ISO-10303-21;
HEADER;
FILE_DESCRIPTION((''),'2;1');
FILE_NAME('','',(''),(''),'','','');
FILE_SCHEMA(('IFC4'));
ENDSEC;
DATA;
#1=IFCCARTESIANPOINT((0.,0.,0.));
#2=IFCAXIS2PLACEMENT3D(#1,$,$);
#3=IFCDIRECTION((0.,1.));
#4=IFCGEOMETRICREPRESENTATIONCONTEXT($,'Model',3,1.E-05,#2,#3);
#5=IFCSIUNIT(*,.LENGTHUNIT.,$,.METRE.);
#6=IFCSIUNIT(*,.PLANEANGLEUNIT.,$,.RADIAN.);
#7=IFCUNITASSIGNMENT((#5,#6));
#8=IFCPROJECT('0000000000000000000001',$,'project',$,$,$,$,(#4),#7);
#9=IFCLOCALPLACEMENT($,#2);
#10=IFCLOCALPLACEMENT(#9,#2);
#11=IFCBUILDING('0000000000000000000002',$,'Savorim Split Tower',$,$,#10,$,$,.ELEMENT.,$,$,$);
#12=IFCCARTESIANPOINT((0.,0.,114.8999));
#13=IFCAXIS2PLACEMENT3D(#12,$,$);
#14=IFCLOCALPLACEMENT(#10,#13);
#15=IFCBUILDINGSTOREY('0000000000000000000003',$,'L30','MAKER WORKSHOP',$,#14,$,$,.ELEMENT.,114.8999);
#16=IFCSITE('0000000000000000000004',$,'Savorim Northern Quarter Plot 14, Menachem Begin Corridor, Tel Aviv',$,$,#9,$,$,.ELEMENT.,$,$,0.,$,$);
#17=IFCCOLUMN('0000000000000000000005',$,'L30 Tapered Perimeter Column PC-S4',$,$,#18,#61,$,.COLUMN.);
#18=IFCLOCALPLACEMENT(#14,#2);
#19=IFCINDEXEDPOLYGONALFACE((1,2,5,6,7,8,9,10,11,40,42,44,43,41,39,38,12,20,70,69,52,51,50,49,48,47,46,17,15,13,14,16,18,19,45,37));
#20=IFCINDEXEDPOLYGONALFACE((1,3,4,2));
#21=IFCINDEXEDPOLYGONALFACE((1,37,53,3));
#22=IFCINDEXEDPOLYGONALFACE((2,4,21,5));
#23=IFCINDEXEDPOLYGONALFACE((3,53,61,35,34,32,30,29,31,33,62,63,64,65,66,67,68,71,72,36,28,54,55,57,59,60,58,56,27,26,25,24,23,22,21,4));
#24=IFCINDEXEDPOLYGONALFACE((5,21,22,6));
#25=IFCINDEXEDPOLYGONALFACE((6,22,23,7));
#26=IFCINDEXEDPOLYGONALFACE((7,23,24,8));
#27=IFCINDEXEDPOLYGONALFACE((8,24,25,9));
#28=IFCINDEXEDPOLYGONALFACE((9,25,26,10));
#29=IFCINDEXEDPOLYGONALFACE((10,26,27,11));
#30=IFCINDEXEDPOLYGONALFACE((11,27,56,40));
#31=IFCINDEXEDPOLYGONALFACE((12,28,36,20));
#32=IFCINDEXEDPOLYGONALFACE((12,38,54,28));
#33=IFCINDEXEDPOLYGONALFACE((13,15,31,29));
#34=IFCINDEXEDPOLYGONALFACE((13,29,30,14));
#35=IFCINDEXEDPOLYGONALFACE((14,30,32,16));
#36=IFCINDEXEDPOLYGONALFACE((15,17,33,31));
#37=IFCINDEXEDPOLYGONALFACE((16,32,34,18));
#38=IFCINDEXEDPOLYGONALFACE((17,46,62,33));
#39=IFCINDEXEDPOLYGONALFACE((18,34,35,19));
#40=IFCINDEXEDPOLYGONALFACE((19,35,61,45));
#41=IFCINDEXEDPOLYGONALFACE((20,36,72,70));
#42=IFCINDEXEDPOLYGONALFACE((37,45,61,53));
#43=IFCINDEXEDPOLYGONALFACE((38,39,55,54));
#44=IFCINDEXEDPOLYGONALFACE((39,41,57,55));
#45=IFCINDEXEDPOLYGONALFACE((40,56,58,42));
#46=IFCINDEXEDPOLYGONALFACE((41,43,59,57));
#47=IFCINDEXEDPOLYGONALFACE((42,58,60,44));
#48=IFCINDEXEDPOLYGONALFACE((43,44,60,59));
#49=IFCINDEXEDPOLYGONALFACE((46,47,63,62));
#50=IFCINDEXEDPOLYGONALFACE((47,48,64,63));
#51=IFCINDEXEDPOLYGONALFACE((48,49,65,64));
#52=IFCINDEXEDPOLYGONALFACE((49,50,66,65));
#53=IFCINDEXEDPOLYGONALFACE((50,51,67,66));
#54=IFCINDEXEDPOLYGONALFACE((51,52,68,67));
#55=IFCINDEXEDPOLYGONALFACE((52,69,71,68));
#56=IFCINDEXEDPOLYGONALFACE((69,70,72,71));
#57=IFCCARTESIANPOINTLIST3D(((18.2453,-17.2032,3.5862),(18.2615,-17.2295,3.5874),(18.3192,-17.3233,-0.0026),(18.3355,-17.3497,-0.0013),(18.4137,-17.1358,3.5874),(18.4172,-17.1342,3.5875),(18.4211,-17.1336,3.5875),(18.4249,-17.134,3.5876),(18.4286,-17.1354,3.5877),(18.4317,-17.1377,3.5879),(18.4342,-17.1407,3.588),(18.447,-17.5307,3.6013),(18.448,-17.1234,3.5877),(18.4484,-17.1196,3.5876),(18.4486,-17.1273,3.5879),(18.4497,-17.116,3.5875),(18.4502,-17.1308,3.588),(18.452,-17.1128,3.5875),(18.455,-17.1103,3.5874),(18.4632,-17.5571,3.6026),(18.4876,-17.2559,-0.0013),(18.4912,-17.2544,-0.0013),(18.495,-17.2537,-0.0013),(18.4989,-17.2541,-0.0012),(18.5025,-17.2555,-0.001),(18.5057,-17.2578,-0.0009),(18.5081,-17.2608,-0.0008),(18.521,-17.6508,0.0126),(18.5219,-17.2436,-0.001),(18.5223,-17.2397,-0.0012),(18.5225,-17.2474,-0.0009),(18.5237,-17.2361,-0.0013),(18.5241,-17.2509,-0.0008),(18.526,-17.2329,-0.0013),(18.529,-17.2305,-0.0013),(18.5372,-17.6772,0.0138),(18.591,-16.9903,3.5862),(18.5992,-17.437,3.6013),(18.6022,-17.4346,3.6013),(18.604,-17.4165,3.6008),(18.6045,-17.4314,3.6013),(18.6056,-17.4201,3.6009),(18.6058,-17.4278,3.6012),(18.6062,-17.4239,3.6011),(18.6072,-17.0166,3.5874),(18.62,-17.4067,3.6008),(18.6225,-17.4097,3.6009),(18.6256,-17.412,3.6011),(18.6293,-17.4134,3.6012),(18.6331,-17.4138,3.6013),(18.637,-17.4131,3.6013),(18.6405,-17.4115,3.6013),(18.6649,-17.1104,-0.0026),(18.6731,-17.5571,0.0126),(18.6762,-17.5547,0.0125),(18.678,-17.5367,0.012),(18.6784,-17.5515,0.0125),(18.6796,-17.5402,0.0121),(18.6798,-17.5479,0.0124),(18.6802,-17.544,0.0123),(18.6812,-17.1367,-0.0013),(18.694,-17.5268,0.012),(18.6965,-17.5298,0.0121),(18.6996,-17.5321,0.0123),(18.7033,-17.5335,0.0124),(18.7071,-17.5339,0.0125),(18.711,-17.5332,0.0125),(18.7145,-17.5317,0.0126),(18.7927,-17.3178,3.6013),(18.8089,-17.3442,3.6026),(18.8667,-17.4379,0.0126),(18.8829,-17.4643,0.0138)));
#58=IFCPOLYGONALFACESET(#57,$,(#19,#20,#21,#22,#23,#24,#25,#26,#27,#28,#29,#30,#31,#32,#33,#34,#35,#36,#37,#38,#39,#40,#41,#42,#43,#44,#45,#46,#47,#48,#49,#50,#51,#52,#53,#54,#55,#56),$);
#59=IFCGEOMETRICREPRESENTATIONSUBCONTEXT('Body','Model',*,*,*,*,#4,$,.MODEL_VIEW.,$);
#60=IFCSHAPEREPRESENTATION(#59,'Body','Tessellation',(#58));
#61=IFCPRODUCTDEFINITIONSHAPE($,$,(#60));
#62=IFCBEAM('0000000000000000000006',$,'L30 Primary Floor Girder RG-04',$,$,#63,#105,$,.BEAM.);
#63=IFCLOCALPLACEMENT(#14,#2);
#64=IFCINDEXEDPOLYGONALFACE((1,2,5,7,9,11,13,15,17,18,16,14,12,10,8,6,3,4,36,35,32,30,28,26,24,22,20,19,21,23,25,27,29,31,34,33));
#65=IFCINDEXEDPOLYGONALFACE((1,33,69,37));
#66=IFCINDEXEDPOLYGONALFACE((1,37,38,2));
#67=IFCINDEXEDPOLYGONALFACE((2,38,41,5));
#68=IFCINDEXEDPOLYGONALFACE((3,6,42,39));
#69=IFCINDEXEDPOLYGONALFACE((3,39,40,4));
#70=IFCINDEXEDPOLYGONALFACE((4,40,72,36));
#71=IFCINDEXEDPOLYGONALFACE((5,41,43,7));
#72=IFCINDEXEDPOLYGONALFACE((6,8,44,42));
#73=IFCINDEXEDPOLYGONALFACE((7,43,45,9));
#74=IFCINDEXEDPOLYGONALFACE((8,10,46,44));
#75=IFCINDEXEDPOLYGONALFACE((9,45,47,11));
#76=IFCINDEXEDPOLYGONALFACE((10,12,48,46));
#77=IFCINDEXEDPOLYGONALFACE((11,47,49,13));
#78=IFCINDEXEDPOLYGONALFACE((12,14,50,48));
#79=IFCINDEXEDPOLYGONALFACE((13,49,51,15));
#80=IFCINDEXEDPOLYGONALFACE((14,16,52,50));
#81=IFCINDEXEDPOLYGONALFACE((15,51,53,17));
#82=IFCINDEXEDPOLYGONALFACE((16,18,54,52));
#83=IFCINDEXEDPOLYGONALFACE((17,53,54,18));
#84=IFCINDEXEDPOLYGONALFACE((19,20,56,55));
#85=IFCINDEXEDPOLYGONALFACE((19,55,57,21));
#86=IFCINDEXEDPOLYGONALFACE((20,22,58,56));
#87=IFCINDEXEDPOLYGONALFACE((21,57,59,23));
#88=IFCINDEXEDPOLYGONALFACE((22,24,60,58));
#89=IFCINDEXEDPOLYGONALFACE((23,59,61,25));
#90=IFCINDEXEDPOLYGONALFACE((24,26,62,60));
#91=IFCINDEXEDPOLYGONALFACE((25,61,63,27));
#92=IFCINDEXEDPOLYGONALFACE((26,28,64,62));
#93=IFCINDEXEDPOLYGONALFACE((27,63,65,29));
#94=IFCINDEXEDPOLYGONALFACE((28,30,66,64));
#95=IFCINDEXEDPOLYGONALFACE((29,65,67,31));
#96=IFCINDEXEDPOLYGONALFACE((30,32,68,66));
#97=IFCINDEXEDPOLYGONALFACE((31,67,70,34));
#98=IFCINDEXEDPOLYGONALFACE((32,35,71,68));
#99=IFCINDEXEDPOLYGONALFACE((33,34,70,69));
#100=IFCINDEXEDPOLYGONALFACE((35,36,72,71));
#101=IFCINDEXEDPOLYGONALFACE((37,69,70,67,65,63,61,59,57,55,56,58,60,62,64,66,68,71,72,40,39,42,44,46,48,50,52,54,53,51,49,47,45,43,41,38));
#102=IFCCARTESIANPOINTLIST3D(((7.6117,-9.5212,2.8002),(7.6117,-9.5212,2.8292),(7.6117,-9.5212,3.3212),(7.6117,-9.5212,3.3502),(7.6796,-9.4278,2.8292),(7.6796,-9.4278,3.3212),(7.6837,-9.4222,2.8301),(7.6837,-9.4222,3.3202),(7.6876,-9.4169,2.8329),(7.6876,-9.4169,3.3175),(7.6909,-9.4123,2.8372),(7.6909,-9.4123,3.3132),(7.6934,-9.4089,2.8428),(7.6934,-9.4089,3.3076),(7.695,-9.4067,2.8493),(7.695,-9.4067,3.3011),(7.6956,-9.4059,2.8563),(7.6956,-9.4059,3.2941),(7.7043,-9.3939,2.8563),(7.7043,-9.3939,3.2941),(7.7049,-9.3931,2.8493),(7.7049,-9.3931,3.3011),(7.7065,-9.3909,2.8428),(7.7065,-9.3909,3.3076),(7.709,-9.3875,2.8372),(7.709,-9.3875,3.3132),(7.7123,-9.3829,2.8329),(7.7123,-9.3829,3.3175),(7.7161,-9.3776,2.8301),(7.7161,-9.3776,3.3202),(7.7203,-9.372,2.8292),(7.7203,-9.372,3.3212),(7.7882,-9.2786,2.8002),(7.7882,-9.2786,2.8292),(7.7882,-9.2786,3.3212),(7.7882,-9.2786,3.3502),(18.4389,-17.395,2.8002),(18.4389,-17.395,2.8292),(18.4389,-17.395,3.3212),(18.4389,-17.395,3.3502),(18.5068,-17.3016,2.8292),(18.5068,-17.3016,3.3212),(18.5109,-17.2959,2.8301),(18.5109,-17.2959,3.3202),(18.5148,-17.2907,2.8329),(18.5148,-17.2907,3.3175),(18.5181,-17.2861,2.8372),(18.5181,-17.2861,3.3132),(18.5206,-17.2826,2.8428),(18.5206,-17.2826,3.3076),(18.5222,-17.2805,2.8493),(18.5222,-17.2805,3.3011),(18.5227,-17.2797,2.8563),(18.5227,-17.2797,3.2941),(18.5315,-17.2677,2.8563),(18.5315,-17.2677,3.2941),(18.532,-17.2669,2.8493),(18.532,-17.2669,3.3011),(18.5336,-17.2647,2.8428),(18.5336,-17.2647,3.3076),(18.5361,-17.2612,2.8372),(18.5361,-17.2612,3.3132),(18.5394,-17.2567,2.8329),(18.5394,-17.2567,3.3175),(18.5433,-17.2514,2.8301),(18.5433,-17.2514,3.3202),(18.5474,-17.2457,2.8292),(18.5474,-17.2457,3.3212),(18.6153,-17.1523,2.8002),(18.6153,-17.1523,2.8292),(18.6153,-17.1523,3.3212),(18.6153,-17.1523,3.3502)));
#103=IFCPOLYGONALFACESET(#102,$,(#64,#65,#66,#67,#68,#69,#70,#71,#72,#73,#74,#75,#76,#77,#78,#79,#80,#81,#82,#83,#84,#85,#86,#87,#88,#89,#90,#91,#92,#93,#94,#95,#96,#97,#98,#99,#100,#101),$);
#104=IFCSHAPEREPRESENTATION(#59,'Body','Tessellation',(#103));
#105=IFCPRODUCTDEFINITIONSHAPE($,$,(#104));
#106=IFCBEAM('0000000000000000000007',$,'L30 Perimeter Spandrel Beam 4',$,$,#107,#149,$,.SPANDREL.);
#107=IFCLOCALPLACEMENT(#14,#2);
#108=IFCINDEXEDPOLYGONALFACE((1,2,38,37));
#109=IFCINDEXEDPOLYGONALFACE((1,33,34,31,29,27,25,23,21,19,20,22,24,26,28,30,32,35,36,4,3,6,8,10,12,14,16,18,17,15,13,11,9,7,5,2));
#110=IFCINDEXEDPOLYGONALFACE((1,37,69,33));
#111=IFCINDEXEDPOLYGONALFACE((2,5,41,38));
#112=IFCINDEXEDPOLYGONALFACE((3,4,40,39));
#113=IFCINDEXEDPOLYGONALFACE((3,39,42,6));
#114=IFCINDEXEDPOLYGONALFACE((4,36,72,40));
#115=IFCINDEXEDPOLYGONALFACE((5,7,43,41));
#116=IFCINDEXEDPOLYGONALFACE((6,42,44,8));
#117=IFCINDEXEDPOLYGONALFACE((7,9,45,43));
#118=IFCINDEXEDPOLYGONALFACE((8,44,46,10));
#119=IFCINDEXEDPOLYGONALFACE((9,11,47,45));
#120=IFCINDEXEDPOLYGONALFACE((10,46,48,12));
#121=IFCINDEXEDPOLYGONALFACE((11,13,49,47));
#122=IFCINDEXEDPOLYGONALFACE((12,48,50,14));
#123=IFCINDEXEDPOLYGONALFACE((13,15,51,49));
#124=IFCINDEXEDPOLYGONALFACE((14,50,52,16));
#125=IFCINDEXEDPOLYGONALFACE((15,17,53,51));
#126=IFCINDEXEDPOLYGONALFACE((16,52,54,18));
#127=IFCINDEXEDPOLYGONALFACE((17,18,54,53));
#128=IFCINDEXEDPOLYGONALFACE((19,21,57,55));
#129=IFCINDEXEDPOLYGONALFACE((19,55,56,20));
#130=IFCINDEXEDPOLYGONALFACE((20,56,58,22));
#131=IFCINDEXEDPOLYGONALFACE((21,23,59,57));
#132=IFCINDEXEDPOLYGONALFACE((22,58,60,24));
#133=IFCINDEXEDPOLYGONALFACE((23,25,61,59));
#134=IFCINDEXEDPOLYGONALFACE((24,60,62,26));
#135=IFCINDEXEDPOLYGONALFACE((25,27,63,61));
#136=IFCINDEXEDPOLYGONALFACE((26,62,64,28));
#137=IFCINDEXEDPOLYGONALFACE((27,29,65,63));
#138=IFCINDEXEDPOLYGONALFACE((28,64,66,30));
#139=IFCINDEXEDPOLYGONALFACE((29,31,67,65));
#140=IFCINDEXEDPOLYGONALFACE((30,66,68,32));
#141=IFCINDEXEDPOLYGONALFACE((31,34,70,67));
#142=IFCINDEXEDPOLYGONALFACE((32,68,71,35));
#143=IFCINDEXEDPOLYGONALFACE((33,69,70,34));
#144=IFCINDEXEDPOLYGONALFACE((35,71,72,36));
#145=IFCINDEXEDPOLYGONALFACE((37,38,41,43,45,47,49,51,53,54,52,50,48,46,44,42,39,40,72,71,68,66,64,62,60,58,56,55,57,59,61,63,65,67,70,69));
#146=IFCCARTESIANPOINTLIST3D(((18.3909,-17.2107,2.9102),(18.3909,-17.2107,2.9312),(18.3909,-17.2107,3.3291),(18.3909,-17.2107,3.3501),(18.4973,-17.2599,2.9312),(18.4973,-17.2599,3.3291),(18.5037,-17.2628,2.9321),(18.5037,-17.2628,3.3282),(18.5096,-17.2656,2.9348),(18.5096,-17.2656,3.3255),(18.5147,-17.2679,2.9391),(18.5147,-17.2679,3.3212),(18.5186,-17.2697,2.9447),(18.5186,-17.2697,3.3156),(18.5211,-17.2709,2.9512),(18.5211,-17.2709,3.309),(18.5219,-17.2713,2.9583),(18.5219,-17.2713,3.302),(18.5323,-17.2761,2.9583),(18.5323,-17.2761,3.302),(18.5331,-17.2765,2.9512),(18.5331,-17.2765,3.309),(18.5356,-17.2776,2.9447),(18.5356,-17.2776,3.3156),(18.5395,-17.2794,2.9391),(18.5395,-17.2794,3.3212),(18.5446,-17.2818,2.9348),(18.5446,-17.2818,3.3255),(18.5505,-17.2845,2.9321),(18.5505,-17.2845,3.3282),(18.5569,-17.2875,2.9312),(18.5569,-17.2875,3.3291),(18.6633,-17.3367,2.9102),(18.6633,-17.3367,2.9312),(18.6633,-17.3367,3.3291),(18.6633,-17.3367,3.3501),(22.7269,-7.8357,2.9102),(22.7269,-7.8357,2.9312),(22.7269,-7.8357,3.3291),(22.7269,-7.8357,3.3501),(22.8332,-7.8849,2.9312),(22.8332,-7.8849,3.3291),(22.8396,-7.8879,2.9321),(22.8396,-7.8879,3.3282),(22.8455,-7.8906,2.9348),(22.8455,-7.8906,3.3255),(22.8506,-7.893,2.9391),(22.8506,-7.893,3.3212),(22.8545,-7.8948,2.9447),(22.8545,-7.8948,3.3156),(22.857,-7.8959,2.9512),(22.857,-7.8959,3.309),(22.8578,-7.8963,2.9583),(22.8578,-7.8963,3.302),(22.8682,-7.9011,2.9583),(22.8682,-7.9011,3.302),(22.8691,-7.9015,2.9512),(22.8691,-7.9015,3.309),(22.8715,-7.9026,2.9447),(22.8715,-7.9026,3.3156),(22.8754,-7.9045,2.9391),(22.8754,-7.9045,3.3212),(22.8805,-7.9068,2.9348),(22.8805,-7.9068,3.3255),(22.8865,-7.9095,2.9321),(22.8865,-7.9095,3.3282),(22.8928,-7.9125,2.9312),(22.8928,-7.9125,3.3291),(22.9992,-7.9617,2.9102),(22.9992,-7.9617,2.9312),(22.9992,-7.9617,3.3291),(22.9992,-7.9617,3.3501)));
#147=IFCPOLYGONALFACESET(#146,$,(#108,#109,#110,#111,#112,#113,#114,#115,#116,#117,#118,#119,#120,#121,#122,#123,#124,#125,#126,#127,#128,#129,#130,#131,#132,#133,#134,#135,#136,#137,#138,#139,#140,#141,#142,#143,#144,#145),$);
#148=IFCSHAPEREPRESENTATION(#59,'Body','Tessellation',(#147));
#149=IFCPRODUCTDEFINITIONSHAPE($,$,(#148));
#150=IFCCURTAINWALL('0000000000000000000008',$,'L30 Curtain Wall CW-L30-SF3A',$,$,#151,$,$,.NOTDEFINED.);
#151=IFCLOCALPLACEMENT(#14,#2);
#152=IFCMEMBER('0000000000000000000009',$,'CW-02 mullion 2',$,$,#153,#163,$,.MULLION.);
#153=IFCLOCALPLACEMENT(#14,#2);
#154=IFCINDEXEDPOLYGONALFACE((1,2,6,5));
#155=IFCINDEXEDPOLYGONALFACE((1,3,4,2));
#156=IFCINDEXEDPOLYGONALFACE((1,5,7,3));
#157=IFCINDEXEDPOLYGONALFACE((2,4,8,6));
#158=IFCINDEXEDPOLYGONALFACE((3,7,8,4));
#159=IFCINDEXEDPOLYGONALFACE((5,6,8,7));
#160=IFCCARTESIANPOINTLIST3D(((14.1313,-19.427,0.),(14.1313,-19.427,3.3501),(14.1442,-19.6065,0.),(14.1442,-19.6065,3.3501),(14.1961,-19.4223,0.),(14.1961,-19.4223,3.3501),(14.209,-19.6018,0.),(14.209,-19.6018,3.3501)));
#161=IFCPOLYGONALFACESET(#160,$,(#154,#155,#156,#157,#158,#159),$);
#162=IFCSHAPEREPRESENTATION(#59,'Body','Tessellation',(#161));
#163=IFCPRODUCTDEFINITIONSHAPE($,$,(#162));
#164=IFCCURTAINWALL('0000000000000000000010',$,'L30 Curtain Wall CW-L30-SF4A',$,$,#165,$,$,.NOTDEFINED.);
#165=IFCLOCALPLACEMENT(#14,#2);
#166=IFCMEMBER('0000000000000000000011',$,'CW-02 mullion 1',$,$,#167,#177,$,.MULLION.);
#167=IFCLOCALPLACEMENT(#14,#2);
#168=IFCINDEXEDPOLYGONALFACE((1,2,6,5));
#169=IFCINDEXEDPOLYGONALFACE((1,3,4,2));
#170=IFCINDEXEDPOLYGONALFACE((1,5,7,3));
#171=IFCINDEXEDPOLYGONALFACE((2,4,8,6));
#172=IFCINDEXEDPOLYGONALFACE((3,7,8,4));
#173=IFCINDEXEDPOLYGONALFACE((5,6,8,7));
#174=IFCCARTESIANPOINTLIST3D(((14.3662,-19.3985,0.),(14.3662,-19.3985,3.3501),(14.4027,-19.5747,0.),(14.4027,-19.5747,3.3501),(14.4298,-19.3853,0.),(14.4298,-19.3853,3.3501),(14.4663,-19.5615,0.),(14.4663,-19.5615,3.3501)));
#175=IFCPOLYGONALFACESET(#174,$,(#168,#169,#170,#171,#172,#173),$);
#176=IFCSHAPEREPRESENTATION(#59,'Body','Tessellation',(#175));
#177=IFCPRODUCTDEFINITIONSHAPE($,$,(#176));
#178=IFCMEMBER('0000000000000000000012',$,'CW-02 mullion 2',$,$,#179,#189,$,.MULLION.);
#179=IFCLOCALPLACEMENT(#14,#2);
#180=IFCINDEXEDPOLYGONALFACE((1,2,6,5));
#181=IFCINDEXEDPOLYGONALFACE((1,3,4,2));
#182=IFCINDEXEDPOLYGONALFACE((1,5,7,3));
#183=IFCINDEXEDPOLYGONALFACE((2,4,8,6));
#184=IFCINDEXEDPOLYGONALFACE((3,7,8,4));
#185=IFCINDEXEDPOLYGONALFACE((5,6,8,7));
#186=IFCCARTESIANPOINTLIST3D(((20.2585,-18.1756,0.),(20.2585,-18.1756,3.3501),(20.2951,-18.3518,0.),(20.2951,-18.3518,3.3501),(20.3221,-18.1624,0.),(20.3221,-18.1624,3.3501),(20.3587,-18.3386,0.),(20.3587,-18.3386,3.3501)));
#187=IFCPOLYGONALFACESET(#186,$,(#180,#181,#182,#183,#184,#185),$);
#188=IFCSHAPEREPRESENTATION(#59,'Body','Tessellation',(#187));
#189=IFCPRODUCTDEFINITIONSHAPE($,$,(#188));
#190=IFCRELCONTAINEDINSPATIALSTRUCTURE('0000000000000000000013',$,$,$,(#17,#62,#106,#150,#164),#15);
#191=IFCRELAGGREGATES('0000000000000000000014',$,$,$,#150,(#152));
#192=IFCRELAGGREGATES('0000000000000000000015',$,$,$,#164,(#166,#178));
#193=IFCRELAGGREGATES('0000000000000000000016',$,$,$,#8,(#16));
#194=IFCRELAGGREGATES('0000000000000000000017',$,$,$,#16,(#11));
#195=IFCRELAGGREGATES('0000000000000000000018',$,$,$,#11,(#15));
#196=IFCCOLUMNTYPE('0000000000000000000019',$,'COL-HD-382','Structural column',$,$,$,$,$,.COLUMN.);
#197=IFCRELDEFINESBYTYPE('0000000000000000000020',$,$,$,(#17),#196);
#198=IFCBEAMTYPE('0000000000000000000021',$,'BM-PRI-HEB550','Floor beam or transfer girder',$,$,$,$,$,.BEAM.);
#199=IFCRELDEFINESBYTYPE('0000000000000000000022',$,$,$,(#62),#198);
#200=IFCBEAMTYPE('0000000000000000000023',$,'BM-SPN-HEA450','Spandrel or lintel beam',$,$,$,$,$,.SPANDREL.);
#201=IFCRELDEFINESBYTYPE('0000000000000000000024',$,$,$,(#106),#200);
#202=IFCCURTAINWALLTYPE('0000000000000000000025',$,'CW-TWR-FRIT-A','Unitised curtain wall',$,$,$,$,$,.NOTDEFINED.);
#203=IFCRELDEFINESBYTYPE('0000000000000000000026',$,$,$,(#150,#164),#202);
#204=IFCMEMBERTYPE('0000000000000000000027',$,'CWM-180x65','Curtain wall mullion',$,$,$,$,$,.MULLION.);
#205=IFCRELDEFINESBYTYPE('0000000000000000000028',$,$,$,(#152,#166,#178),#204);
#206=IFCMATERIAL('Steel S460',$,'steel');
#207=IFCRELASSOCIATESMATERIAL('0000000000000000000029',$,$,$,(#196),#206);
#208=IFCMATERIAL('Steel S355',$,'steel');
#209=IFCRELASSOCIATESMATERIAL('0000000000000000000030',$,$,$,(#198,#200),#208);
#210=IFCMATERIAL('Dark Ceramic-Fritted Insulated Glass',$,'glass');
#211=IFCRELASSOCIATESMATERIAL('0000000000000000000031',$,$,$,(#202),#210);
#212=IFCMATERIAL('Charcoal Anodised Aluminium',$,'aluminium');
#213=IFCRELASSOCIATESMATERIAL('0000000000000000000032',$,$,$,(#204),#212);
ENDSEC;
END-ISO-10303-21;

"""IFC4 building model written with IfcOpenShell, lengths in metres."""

from ifc_helpers import new_model, si_unit, direction, frame, origin, origin_2d, place, context, subcontext, project, spatial, rectangle, i_section, extrude, material, material_profile, profile_set, type_object, element, aggregate, save


model = new_model("IFC4")

# Units and contexts
model_context = context("Model", 3, precision=1e-05, world=origin(), true_north=direction((0.0, 1.0)))
body_context = subcontext(model_context, "Body", "Model", "MODEL_VIEW")
ifc_project = project(units=[si_unit("LENGTHUNIT", "METRE"), si_unit("PLANEANGLEUNIT", "RADIAN")], contexts=[model_context])

# Site, building, storey
site_placement = place(None, origin())
site = spatial("IfcSite", under=ifc_project, at=site_placement, Name="Savorim Northern Quarter Plot 14, Menachem Begin Corridor, Tel Aviv", CompositionType="ELEMENT", RefElevation=0.0)
building_placement = place(site_placement, origin())
building = spatial("IfcBuilding", under=site, at=building_placement, Name="Savorim Split Tower", CompositionType="ELEMENT")
storey_placement = place(building_placement, frame((0.0, 0.0, 114.8999)))
storey = spatial("IfcBuildingStorey", under=building, at=storey_placement, Name="L30", Description="MAKER WORKSHOP", CompositionType="ELEMENT", Elevation=114.8999)

# Column
ifc_material_1 = material(Name="Steel S460", Category="steel")
ifc_material_profile_1 = material_profile(ifc_material_1, i_section(OverallWidth=0.406, OverallDepth=0.416, WebThickness=0.0188, FlangeThickness=0.031, FilletRadius=0.0149, at=origin_2d()), Name="HD 400x382")
ifc_profile_set_1 = profile_set([ifc_material_profile_1], Name="Steel S460")
column_type = type_object("IfcColumnType", Name="COL-HD-382", Description="Structural column", PredefinedType="COLUMN", material=ifc_profile_set_1)
column_placement = place(storey_placement, frame((18.6011, -17.3938, 0.0056), z_axis=(-0.020596, 0.033444, 0.999228), x_axis=(-0.85148, -0.524387, 0.0)))
element("IfcColumn", 1, at=column_placement, inside=storey, type_object=column_type, Name="L30 Tapered Perimeter Column PC-S4", PredefinedType="COLUMN", context=body_context, shape_type="SweptSolid", body=[
    extrude(i_section(OverallWidth=0.406, OverallDepth=0.416, WebThickness=0.0188, FlangeThickness=0.031, FilletRadius=0.0149, at=origin_2d()), origin(), (0.0, 0.0, 1.0), 3.5916),
])

# Beams
ifc_material_2 = material(Name="Steel S355", Category="steel")
ifc_material_profile_2 = material_profile(ifc_material_2, i_section(OverallWidth=0.3, OverallDepth=0.55, WebThickness=0.0149, FlangeThickness=0.0291, FilletRadius=0.0271, at=origin_2d()), Name="HEB 550")
ifc_profile_set_2 = profile_set([ifc_material_profile_2], Name="Steel S355")
beam_type_1 = type_object("IfcBeamType", Name="BM-PRI-HEB550", Description="Floor beam or transfer girder", PredefinedType="BEAM", material=ifc_profile_set_2)
beam_1_placement = place(storey_placement, frame((18.5271, -17.2737, 3.0752), z_axis=(-0.808754, 0.588147, 0.0), x_axis=(-0.588147, -0.808754, 0.0)))
element("IfcBeam", 2, at=beam_1_placement, inside=storey, type_object=beam_type_1, Name="L30 Primary Floor Girder RG-04", PredefinedType="BEAM", context=body_context, shape_type="SweptSolid", body=[
    extrude(i_section(OverallWidth=0.3, OverallDepth=0.55, WebThickness=0.0149, FlangeThickness=0.0291, FilletRadius=0.0271, at=origin_2d()), origin(), (0.0, 0.0, 1.0), 13.3875),
])
ifc_material_profile_3 = material_profile(ifc_material_2, i_section(OverallWidth=0.3, OverallDepth=0.4399, WebThickness=0.0115, FlangeThickness=0.021, FilletRadius=0.0271, at=origin_2d()), Name="HEA 450")
ifc_profile_set_3 = profile_set([ifc_material_profile_3], Name="Steel S355")
beam_type_2 = type_object("IfcBeamType", Name="BM-SPN-HEA450", Description="Spandrel or lintel beam", PredefinedType="SPANDREL", material=ifc_profile_set_3)
beam_2_placement = place(storey_placement, frame((18.5271, -17.2737, 3.1301), z_axis=(0.419778, 0.907627, 0.0), x_axis=(-0.907627, 0.419778, 0.0)))
element("IfcBeam", 3, at=beam_2_placement, inside=storey, type_object=beam_type_2, Name="L30 Perimeter Spandrel Beam 4", PredefinedType="SPANDREL", context=body_context, shape_type="SweptSolid", body=[
    extrude(i_section(OverallWidth=0.3, OverallDepth=0.4399, WebThickness=0.0115, FlangeThickness=0.021, FilletRadius=0.0271, at=origin_2d()), origin(), (0.0, 0.0, 1.0), 10.3291),
])

# Curtain wall, member
ifc_material_3 = material(Name="Dark Ceramic-Fritted Insulated Glass", Category="glass")
curtain_wall_type = type_object("IfcCurtainWallType", Name="CW-TWR-FRIT-A", Description="Unitised curtain wall", PredefinedType="NOTDEFINED", material=ifc_material_3)
curtain_wall_1_placement = place(storey_placement, origin())
curtain_wall_1 = element("IfcCurtainWall", 4, at=curtain_wall_1_placement, inside=storey, type_object=curtain_wall_type, Name="L30 Curtain Wall CW-L30-SF3A", PredefinedType="NOTDEFINED")
ifc_material_4 = material(Name="Charcoal Anodised Aluminium", Category="aluminium")
ifc_material_profile_4 = material_profile(ifc_material_4, rectangle(XDim=0.1799, YDim=0.0649, at=origin_2d()), Name="ALU-M 180x65")
ifc_profile_set_4 = profile_set([ifc_material_profile_4], Name="Charcoal Anodised Aluminium")
member_type_1 = type_object("IfcMemberType", Name="CWM-180x65", Description="Curtain wall mullion", PredefinedType="MULLION", material=ifc_profile_set_4)
member_1_placement = place(storey_placement, frame((14.1702, -19.5144, 0.0), z_axis=(0.0, 0.0, 1.0), x_axis=(-0.071549, 0.997437, 0.0)))
member_1 = element("IfcMember", 5, at=member_1_placement, type_object=member_type_1, Name="CW-02 mullion 2", PredefinedType="MULLION", context=body_context, shape_type="SweptSolid", body=[
    extrude(rectangle(XDim=0.1799, YDim=0.0649, at=origin_2d()), origin(), (0.0, 0.0, 1.0), 3.3501),
])
aggregate(curtain_wall_1, [member_1])

# Curtain wall, members
curtain_wall_2_placement = place(storey_placement, origin())
curtain_wall_2 = element("IfcCurtainWall", 6, at=curtain_wall_2_placement, inside=storey, type_object=curtain_wall_type, Name="L30 Curtain Wall CW-L30-SF4A", PredefinedType="NOTDEFINED")
member_2_placement = place(storey_placement, frame((14.4163, -19.48, 0.0), z_axis=(0.0, 0.0, 1.0), x_axis=(-0.203216, 0.979134, 0.0)))
member_2 = element("IfcMember", 7, at=member_2_placement, type_object=member_type_1, Name="CW-02 mullion 1", PredefinedType="MULLION", context=body_context, shape_type="SweptSolid", body=[
    extrude(rectangle(XDim=0.1799, YDim=0.0649, at=origin_2d()), origin(), (0.0, 0.0, 1.0), 3.3501),
])
member_3_placement = place(storey_placement, frame((20.3086, -18.2571, 0.0), z_axis=(0.0, 0.0, 1.0), x_axis=(-0.203216, 0.979134, 0.0)))
member_3 = element("IfcMember", 8, at=member_3_placement, type_object=member_type_1, Name="CW-02 mullion 2", PredefinedType="MULLION", context=body_context, shape_type="SweptSolid", body=[
    extrude(rectangle(XDim=0.1799, YDim=0.0649, at=origin_2d()), origin(), (0.0, 0.0, 1.0), 3.3501),
])
aggregate(curtain_wall_2, [member_2, member_3])

save(model, "model.ifc")
